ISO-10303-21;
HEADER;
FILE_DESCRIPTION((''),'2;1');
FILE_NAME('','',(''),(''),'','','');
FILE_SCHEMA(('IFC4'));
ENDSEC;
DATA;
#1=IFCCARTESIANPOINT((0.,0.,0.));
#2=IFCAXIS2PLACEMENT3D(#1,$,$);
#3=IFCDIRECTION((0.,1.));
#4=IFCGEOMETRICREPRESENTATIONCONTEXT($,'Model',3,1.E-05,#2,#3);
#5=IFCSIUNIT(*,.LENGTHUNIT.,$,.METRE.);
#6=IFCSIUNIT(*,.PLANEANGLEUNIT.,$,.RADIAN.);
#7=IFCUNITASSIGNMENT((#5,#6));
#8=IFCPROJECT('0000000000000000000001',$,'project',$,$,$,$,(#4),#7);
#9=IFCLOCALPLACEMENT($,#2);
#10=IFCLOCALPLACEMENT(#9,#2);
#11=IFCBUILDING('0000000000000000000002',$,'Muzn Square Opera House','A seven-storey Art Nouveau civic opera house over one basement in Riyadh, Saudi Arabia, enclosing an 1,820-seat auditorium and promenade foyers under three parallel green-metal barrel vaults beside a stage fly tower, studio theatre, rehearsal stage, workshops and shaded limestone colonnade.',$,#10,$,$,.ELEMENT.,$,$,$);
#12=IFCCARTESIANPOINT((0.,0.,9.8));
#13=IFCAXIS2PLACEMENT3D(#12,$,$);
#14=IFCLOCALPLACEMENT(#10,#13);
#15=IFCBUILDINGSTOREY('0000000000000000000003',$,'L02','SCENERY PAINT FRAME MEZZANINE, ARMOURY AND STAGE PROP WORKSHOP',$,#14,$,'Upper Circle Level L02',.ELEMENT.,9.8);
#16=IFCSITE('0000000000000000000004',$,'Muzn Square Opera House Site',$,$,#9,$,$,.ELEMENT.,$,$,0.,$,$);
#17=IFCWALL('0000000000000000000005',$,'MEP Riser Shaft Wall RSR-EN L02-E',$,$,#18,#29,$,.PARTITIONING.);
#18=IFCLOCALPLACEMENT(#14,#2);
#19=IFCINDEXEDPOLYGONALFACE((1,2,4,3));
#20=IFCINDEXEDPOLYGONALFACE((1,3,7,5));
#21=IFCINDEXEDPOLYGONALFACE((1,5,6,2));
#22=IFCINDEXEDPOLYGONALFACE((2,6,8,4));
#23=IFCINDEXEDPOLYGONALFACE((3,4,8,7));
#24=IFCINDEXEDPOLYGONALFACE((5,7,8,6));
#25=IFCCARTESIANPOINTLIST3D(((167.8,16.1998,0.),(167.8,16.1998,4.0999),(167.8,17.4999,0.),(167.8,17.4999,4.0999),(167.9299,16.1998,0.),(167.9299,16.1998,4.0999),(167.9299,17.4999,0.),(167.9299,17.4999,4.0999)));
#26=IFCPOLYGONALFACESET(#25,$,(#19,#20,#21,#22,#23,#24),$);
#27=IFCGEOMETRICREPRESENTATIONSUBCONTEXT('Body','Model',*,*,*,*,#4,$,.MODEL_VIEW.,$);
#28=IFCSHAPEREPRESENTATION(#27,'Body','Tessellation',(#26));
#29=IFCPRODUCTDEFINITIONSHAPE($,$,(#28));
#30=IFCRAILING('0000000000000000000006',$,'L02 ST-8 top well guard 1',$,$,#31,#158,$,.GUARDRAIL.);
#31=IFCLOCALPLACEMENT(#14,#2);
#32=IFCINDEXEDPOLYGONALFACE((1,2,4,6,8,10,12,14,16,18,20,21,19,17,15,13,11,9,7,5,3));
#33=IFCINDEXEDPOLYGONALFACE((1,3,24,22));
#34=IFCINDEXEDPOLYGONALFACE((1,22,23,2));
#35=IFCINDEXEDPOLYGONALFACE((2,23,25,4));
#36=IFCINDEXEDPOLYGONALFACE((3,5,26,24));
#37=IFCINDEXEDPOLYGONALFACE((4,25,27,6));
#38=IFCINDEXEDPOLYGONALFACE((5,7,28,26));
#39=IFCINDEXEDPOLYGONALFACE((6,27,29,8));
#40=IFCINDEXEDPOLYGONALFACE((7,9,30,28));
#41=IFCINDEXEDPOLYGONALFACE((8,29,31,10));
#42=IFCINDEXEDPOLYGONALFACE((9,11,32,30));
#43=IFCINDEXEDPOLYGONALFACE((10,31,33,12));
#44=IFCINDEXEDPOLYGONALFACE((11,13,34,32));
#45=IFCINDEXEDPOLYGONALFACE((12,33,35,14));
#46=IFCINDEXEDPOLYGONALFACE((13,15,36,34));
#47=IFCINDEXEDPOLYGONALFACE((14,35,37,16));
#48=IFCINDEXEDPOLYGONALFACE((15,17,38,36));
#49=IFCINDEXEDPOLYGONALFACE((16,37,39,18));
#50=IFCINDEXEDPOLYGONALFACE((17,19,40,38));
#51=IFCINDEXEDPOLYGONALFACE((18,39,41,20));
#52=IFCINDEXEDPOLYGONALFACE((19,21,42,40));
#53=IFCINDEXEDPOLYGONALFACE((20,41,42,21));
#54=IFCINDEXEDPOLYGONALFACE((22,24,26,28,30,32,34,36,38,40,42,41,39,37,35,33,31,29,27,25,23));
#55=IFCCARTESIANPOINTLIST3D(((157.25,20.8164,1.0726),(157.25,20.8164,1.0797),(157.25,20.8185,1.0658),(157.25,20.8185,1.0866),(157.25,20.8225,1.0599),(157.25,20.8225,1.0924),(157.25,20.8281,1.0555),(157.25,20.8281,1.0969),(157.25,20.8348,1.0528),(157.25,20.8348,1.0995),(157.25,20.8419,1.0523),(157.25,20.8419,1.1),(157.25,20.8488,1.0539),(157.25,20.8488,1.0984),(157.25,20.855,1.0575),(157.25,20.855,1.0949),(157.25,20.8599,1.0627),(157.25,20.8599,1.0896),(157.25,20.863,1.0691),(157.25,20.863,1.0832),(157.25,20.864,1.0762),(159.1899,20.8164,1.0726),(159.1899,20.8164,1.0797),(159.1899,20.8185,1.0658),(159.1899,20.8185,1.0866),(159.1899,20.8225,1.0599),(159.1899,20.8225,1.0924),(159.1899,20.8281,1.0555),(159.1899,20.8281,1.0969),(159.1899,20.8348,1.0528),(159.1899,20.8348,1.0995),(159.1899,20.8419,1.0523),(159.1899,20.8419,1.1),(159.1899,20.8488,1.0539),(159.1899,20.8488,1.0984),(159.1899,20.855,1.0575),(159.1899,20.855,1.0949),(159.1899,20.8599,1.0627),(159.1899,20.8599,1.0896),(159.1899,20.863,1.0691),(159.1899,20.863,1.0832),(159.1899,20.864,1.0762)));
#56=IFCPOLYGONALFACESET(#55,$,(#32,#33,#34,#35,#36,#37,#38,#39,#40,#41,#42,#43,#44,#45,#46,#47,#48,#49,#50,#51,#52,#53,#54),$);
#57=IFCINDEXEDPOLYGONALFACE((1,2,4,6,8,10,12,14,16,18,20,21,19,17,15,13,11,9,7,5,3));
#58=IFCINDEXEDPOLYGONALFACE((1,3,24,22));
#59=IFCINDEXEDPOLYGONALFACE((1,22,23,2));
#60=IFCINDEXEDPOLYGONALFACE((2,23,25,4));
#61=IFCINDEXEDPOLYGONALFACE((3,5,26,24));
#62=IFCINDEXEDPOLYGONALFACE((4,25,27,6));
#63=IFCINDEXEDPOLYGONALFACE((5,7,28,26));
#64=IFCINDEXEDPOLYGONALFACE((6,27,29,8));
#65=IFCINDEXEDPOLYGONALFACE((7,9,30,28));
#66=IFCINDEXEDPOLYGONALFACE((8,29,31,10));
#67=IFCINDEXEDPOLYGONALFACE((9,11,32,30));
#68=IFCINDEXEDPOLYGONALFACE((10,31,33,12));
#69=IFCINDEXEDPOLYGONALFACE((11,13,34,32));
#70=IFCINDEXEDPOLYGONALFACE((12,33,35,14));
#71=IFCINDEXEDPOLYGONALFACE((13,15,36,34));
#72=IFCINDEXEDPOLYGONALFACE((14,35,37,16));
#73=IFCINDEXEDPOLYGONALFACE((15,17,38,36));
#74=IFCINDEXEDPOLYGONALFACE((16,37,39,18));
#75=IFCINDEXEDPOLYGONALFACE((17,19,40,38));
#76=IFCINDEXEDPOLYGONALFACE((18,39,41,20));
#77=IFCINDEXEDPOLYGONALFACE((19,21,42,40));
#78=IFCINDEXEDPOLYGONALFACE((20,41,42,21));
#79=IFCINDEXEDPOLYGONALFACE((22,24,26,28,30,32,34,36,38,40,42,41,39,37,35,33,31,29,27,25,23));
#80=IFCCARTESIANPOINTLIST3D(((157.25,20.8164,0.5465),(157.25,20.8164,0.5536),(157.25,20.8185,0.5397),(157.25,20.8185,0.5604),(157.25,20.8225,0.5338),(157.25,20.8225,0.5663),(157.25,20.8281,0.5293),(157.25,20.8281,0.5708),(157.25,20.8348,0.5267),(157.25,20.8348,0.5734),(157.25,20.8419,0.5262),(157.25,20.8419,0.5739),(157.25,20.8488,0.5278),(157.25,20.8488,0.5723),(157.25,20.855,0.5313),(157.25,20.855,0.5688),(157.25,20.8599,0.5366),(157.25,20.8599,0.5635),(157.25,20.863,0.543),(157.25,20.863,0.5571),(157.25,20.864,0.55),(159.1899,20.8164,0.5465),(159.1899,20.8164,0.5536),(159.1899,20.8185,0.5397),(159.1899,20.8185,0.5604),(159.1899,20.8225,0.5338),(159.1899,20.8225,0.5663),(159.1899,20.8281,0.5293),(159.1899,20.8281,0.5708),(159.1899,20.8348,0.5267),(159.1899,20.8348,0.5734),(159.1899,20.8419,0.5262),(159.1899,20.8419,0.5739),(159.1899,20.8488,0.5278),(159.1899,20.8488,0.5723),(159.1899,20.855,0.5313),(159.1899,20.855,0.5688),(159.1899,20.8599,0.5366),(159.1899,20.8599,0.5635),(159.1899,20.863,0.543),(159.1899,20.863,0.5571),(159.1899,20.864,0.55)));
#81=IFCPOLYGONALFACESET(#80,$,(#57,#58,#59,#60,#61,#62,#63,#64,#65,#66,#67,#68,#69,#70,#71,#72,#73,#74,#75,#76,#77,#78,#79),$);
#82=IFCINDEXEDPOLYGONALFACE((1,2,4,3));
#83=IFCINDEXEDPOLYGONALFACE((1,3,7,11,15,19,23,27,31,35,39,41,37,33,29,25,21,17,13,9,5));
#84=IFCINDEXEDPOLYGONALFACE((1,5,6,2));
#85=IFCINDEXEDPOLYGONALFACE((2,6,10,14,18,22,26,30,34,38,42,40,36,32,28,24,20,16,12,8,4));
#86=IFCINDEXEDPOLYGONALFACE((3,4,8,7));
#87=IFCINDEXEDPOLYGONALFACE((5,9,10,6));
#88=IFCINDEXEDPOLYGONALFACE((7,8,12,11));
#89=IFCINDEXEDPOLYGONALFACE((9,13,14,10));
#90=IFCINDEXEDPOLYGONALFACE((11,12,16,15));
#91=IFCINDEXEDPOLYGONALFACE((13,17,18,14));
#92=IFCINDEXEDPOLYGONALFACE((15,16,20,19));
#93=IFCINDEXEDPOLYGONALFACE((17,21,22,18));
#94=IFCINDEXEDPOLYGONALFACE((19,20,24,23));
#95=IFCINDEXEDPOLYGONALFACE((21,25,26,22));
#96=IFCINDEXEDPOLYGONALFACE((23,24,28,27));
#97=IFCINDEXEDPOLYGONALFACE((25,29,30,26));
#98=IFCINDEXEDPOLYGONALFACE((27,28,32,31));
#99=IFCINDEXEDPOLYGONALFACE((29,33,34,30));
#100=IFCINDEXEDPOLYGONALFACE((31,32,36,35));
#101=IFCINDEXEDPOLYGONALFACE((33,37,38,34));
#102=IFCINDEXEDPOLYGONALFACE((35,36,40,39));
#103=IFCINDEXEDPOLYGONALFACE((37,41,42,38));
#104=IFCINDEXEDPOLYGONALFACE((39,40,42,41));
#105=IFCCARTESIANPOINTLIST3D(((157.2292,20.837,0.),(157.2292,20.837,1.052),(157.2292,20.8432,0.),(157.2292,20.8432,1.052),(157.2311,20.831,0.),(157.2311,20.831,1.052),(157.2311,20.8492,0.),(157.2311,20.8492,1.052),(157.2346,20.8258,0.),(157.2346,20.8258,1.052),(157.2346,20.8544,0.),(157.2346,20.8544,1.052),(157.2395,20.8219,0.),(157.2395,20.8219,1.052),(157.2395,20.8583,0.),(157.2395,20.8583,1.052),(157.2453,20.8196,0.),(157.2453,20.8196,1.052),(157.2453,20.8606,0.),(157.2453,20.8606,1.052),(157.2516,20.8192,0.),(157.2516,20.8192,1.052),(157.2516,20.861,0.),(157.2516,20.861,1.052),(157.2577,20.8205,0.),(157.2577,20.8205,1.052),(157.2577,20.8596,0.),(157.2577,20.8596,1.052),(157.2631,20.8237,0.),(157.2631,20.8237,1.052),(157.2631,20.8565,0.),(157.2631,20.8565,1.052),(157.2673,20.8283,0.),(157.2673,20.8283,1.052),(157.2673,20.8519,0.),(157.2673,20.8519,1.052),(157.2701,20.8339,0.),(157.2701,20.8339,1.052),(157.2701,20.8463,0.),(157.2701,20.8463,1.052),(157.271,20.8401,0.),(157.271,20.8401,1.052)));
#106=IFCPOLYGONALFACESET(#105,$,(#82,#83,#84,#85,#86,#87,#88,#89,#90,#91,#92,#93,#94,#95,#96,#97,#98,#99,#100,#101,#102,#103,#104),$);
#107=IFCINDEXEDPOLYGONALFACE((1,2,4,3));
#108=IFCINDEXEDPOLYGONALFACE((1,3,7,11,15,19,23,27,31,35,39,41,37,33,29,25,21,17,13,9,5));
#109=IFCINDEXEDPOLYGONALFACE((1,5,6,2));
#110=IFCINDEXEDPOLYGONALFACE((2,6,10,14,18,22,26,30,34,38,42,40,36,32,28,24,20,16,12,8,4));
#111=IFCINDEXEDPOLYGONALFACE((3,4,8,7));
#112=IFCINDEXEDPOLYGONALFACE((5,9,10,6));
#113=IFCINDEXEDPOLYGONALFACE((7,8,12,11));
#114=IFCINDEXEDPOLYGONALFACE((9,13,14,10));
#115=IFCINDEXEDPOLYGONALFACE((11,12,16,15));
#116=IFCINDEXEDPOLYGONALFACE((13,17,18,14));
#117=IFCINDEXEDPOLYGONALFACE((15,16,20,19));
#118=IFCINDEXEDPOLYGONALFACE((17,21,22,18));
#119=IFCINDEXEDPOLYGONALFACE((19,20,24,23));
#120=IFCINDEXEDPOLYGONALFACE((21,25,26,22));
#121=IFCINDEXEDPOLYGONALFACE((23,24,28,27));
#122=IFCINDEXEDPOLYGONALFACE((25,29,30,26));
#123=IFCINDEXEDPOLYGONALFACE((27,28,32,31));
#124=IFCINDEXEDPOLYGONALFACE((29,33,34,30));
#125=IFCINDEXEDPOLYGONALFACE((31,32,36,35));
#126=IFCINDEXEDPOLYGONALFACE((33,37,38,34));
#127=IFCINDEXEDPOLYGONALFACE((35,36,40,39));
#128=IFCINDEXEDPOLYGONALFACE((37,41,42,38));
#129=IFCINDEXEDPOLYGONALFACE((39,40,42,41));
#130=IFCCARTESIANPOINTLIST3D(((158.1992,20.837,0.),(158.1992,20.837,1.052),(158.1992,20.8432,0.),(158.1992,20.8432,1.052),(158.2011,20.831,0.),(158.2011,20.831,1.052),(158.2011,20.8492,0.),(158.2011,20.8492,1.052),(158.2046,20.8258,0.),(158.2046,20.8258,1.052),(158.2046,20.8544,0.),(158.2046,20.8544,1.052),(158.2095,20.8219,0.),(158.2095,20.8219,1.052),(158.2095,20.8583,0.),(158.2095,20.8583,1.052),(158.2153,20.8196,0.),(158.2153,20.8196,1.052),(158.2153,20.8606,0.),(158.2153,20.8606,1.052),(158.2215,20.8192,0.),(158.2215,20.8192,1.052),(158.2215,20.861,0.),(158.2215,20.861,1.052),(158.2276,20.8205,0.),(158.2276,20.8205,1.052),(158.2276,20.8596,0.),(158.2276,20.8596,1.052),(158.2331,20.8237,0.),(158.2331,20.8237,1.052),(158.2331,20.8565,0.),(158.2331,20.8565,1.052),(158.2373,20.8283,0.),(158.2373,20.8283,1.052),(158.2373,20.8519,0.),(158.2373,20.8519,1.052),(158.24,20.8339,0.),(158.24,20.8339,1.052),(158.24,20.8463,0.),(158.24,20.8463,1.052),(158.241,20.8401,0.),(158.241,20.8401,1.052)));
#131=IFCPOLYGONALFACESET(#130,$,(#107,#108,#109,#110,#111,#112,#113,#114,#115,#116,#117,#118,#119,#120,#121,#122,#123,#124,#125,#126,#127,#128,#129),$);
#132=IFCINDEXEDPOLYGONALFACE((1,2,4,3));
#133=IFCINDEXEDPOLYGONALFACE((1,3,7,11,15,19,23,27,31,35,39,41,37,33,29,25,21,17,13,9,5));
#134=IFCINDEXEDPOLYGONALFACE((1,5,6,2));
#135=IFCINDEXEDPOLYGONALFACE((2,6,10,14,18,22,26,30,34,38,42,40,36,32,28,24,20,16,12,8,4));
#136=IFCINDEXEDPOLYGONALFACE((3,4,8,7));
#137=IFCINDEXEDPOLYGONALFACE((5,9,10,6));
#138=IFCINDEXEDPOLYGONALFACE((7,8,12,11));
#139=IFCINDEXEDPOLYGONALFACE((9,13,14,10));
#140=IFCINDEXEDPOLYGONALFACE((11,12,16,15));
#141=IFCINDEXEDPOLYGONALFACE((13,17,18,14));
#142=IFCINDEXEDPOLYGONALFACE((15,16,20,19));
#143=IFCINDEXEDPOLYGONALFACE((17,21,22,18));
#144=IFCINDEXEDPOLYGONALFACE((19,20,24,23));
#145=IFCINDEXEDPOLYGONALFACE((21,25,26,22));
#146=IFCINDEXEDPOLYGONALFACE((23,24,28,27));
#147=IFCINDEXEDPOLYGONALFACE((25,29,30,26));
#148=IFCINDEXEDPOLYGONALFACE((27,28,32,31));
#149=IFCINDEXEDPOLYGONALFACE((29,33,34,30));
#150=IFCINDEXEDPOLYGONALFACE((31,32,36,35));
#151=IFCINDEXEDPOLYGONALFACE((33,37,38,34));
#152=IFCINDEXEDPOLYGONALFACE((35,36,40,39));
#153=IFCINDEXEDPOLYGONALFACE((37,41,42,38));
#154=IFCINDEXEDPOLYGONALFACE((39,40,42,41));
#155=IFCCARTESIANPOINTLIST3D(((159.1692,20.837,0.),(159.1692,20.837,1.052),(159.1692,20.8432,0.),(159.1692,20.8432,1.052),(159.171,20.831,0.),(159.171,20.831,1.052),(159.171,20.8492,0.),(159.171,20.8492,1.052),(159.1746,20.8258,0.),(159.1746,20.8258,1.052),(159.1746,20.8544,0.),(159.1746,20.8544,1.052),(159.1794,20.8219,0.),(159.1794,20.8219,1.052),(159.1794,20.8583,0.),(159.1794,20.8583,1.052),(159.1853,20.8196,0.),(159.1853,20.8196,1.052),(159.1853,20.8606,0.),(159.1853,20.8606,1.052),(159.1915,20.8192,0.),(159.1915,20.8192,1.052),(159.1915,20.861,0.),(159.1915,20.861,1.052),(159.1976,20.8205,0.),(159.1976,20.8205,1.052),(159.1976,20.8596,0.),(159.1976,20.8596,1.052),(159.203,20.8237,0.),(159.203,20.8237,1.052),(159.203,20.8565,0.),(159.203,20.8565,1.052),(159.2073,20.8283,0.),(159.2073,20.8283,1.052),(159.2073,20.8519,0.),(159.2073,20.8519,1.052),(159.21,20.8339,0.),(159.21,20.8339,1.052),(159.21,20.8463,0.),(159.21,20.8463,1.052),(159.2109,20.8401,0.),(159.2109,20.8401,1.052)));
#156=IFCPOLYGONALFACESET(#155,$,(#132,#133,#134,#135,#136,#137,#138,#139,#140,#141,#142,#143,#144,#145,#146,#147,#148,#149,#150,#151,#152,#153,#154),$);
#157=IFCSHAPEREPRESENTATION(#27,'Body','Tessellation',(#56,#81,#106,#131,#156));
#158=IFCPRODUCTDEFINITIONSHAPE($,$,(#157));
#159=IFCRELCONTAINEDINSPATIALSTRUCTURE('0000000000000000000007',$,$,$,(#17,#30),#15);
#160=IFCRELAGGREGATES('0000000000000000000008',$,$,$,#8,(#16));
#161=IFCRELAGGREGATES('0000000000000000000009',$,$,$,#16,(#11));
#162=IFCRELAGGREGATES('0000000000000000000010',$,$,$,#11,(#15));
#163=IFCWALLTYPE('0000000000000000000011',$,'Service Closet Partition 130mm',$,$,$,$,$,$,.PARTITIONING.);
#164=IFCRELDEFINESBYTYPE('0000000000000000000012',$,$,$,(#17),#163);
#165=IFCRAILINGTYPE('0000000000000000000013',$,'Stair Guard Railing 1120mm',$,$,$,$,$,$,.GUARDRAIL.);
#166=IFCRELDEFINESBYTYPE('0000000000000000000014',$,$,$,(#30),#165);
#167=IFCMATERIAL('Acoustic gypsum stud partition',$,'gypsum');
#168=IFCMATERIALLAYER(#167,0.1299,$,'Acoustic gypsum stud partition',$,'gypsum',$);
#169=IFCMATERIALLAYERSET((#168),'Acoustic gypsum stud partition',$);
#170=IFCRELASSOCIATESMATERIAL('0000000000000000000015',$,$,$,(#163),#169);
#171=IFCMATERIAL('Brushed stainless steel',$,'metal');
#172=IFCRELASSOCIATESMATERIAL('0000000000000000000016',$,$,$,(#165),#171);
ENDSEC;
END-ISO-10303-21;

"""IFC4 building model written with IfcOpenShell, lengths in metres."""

from ifc_helpers import new_model, si_unit, direction, frame, frame_2d, origin, origin_2d, place, context, subcontext, project, spatial, rectangle, circle, extrude, material, layer, layer_set, type_object, element, save


model = new_model("IFC4")

# Units and contexts
model_context = context("Model", 3, precision=1e-05, world=origin(), true_north=direction((0.0, 1.0)))
body_context = subcontext(model_context, "Body", "Model", "MODEL_VIEW")
ifc_project = project(units=[si_unit("LENGTHUNIT", "METRE"), si_unit("PLANEANGLEUNIT", "RADIAN")], contexts=[model_context])

# Site, building, storey
site_placement = place(None, origin())
site = spatial("IfcSite", under=ifc_project, at=site_placement, Name="Muzn Square Opera House Site", CompositionType="ELEMENT", RefElevation=0.0)
building_placement = place(site_placement, origin())
building = spatial("IfcBuilding", under=site, at=building_placement, Name="Muzn Square Opera House", Description="A seven-storey Art Nouveau civic opera house over one basement in Riyadh, Saudi Arabia, enclosing an 1,820-seat auditorium and promenade foyers under three parallel green-metal barrel vaults beside a stage fly tower, studio theatre, rehearsal stage, workshops and shaded limestone colonnade.", CompositionType="ELEMENT")
storey_placement = place(building_placement, frame((0.0, 0.0, 9.8)))
storey = spatial("IfcBuildingStorey", under=building, at=storey_placement, Name="L02", Description="SCENERY PAINT FRAME MEZZANINE, ARMOURY AND STAGE PROP WORKSHOP", LongName="Upper Circle Level L02", CompositionType="ELEMENT", Elevation=9.8)

# Wall
ifc_material_1 = material(Name="Acoustic gypsum stud partition", Category="gypsum")
ifc_layer_1 = layer(ifc_material_1, 0.1299, Name="Acoustic gypsum stud partition", Category="gypsum")
ifc_layer_set_1 = layer_set([ifc_layer_1], Name="Acoustic gypsum stud partition")
wall_type_1 = type_object("IfcWallType", Name="Service Closet Partition 130mm", PredefinedType="PARTITIONING", material=ifc_layer_set_1)
for number, where, z_axis, x_axis, name in (
    (1, (167.865, 16.2, 0.0), (0.0, 0.0, 1.0), (0.0, 1.0, 0.0), "MEP Riser Shaft Wall RSR-EN L02-E"),
):
    element("IfcWall", number, at=place(storey_placement, frame(where, z_axis=z_axis, x_axis=x_axis)), inside=storey, type_object=wall_type_1, Name=name, PredefinedType="PARTITIONING", context=body_context, shape_type="SweptSolid", body=[
        extrude(rectangle(XDim=1.3, YDim=0.1299, at=frame_2d((0.6499, 0.0))), origin(), (0.0, 0.0, 1.0), 4.0999),
    ])

# Railing
ifc_material_2 = material(Name="Brushed stainless steel", Category="metal")
railing_type = type_object("IfcRailingType", Name="Stair Guard Railing 1120mm", PredefinedType="GUARDRAIL", material=ifc_material_2)
railing_placement = place(storey_placement, frame((157.25, 20.8401, 0.0)))
element("IfcRailing", 2, at=railing_placement, inside=storey, type_object=railing_type, Name="L02 ST-8 top well guard 1", PredefinedType="GUARDRAIL", context=body_context, shape_type="SweptSolid", body=[
    extrude(circle(Radius=0.0239, at=origin_2d()), frame((0.0, 0.0, 1.0762), z_axis=(1.0, 0.0, 0.0), x_axis=(0.0, 1.0, 0.0)), (0.0, 0.0, 1.0), 1.9399),
    extrude(circle(Radius=0.0239, at=origin_2d()), frame((0.0, 0.0, 0.55), z_axis=(1.0, 0.0, 0.0), x_axis=(0.0, 1.0, 0.0)), (0.0, 0.0, 1.0), 1.9399),
    extrude(circle(Radius=0.021, at=origin_2d()), origin(), (0.0, 0.0, 1.0), 1.052),
    extrude(circle(Radius=0.021, at=origin_2d()), frame((0.97, 0.0, 0.0)), (0.0, 0.0, 1.0), 1.052),
    extrude(circle(Radius=0.021, at=origin_2d()), frame((1.9399, 0.0, 0.0)), (0.0, 0.0, 1.0), 1.052),
])

save(model, "model.ifc")
